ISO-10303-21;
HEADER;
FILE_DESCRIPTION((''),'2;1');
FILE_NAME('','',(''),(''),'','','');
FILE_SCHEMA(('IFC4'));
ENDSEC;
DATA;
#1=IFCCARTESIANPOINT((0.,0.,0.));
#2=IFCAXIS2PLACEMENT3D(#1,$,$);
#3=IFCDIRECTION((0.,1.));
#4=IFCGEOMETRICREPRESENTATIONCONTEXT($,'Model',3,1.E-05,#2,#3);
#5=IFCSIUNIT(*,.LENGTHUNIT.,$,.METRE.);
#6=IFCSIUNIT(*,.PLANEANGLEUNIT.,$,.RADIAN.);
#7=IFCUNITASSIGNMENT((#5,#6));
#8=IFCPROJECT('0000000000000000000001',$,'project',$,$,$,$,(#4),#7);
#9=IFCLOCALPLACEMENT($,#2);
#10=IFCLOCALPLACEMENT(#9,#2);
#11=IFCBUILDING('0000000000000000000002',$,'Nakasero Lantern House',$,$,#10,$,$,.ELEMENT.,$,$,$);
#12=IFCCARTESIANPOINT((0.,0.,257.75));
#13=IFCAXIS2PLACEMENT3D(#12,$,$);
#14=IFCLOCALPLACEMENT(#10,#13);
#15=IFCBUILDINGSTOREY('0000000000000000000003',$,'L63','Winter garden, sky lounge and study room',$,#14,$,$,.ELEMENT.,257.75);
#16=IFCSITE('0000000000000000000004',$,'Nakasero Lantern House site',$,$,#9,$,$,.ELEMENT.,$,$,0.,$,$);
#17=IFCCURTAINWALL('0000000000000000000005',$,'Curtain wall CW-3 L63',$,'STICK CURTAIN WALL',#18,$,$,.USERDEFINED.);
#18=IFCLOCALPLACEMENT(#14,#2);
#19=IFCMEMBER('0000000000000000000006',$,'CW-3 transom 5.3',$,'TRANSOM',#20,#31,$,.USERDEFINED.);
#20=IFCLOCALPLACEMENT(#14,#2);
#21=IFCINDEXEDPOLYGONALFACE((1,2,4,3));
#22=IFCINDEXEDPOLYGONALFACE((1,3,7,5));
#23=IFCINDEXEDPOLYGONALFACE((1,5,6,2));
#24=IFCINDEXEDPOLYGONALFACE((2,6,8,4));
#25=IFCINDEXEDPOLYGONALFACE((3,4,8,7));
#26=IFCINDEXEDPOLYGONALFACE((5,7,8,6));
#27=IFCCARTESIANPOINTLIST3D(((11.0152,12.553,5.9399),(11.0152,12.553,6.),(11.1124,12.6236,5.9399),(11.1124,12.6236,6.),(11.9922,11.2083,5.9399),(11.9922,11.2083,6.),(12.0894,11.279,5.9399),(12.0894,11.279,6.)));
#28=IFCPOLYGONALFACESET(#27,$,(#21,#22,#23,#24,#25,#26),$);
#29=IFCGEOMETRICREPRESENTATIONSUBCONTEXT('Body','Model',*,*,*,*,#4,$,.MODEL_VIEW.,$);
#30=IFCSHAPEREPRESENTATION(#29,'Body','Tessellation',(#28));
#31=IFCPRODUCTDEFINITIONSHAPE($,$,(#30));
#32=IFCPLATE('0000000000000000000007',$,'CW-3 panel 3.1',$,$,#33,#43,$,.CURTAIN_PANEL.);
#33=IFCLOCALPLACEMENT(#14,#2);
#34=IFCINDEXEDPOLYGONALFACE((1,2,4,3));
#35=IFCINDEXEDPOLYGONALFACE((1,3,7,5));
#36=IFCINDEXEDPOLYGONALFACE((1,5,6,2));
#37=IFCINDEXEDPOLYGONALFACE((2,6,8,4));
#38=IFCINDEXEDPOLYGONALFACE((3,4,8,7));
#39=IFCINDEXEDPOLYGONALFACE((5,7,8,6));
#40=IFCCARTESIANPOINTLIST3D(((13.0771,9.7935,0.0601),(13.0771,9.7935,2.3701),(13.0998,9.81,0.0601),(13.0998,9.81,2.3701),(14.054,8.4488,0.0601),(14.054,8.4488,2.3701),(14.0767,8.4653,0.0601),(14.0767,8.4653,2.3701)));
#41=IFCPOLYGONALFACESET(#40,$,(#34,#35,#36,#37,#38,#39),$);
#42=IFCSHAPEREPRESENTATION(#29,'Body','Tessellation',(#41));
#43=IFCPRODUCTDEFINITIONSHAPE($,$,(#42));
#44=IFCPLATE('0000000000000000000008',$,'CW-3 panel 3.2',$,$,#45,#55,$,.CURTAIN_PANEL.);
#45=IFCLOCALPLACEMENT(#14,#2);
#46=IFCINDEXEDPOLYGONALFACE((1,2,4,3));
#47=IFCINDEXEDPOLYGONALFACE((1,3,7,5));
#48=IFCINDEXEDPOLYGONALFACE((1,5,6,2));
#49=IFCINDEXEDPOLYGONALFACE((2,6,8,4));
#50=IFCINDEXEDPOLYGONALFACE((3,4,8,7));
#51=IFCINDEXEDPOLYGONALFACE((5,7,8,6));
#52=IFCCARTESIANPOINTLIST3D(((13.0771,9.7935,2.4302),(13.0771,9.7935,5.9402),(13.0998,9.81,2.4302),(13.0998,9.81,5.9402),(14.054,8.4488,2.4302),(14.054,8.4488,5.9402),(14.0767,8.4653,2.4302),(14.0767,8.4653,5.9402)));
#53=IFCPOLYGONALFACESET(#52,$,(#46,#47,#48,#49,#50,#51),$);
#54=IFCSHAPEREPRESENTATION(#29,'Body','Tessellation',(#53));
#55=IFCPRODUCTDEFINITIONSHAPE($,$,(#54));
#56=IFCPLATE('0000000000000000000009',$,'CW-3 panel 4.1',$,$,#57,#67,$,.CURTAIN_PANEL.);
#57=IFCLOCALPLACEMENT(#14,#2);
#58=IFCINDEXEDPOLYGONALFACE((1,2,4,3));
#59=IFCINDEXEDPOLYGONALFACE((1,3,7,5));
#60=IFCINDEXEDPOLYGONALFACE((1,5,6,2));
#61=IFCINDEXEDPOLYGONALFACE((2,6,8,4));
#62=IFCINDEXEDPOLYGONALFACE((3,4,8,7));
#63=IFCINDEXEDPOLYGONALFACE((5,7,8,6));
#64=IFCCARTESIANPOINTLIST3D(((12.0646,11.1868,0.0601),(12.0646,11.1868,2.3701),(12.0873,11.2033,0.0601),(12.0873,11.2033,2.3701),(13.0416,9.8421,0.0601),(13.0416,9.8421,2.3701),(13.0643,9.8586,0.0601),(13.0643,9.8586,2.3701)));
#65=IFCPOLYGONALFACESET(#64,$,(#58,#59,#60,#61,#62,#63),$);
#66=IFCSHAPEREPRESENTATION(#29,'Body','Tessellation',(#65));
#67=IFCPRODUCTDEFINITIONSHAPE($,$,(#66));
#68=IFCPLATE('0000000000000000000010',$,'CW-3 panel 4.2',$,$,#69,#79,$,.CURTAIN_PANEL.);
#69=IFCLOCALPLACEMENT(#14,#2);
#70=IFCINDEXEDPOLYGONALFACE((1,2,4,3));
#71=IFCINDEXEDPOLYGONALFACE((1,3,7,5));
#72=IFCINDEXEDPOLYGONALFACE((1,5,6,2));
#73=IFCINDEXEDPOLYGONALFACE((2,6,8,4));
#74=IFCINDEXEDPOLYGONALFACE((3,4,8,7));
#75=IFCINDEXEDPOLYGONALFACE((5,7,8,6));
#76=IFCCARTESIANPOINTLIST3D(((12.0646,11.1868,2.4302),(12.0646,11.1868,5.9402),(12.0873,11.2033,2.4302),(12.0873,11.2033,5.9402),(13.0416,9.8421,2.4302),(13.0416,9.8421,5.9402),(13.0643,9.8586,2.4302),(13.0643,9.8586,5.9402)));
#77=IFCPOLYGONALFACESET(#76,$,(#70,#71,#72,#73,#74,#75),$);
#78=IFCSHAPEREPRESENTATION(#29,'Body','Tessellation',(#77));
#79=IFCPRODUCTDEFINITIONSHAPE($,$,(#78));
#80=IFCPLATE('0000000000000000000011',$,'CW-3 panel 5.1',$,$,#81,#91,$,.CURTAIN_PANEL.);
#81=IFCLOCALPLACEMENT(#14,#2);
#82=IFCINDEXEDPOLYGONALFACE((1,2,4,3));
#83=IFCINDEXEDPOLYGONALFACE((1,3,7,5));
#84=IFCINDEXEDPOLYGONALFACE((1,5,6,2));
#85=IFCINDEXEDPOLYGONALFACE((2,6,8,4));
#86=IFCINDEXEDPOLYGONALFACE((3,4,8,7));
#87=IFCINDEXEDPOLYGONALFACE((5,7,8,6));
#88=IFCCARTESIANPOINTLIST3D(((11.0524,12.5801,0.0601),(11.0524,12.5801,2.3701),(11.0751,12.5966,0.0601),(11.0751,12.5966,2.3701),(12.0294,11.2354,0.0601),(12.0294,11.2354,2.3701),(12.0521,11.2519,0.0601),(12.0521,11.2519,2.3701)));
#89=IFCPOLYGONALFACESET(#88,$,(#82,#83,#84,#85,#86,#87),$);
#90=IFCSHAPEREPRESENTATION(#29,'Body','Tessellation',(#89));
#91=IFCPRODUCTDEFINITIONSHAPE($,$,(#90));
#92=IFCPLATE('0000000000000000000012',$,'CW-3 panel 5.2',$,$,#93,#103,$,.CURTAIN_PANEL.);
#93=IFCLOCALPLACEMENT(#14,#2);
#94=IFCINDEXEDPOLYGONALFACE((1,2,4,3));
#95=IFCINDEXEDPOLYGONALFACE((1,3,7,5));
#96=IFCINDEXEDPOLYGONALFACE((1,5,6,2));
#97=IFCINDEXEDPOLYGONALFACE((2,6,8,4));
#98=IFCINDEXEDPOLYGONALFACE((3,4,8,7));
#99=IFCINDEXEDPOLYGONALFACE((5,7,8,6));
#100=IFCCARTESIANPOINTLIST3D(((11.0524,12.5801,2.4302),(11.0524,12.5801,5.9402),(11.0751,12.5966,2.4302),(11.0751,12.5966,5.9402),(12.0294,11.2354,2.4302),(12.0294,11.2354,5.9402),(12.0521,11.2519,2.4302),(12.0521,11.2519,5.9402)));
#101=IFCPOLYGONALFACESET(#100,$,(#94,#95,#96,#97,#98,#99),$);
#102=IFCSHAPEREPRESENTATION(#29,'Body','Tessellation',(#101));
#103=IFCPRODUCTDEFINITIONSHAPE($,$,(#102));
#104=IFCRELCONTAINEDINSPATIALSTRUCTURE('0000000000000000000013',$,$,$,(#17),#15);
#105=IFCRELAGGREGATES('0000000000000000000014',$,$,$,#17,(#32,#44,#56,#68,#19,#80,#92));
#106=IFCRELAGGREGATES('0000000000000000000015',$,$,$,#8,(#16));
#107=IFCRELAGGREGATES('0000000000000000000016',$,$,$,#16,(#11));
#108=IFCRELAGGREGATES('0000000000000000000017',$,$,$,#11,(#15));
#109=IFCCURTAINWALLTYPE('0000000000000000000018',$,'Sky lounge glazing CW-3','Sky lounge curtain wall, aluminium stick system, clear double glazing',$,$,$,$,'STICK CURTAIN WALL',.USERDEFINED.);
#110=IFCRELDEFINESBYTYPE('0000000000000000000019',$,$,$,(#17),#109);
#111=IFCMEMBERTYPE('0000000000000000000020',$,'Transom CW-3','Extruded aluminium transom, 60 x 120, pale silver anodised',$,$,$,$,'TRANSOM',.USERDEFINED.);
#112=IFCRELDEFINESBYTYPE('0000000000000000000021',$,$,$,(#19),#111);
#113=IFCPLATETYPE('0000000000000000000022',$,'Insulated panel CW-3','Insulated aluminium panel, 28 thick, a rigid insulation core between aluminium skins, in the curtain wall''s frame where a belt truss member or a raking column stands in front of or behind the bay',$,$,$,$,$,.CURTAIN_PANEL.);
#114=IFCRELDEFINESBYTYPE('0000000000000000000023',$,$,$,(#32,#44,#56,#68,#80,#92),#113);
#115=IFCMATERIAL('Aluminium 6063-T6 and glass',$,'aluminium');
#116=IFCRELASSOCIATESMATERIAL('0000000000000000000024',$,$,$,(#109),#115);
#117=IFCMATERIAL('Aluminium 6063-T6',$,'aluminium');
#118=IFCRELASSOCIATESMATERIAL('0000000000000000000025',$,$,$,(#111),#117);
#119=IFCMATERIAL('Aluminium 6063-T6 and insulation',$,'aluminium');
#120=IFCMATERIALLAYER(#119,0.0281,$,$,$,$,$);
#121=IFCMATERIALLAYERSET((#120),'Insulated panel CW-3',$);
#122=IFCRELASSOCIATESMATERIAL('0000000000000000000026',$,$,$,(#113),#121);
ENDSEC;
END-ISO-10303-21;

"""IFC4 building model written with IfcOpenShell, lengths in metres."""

from ifc_helpers import new_model, si_unit, direction, frame, origin, origin_2d, place, context, subcontext, project, spatial, rectangle, extrude, material, layer, layer_set, material_profile, profile_set, type_object, element, aggregate, save


model = new_model("IFC4")

# Units and contexts
model_context = context("Model", 3, precision=1e-05, world=origin(), true_north=direction((0.0, 1.0)))
body_context = subcontext(model_context, "Body", "Model", "MODEL_VIEW")
ifc_project = project(units=[si_unit("LENGTHUNIT", "METRE"), si_unit("PLANEANGLEUNIT", "RADIAN")], contexts=[model_context])

# Site, building, storey
site_placement = place(None, origin())
site = spatial("IfcSite", under=ifc_project, at=site_placement, Name="Nakasero Lantern House site", CompositionType="ELEMENT", RefElevation=0.0)
building_placement = place(site_placement, origin())
building = spatial("IfcBuilding", under=site, at=building_placement, Name="Nakasero Lantern House", CompositionType="ELEMENT")
storey_placement = place(building_placement, frame((0.0, 0.0, 257.75)))
storey = spatial("IfcBuildingStorey", under=building, at=storey_placement, Name="L63", Description="Winter garden, sky lounge and study room", CompositionType="ELEMENT", Elevation=257.75)

# Curtain wall
ifc_material_1 = material(Name="Aluminium 6063-T6 and glass", Category="aluminium")
curtain_wall_type = type_object("IfcCurtainWallType", Name="Sky lounge glazing CW-3", Description="Sky lounge curtain wall, aluminium stick system, clear double glazing", ElementType="STICK CURTAIN WALL", PredefinedType="USERDEFINED", material=ifc_material_1)
curtain_wall_placement = place(storey_placement, origin())
curtain_wall = element("IfcCurtainWall", 1, at=curtain_wall_placement, inside=storey, type_object=curtain_wall_type, Name="Curtain wall CW-3 L63", ObjectType="STICK CURTAIN WALL", PredefinedType="USERDEFINED")

# Member
ifc_material_2 = material(Name="Aluminium 6063-T6", Category="aluminium")
ifc_material_profile_1 = material_profile(ifc_material_2, rectangle(XDim=0.0601, YDim=0.1201, at=origin_2d()), Name="CW-3 transom 60x120")
ifc_profile_set_1 = profile_set([ifc_material_profile_1], Name="Aluminium 6063-T6")
member_type_1 = type_object("IfcMemberType", Name="Transom CW-3", Description="Extruded aluminium transom, 60 x 120, pale silver anodised", ElementType="TRANSOM", PredefinedType="USERDEFINED", material=ifc_profile_set_1)
member_1_placement = place(storey_placement, frame((12.0408, 11.2437, 5.97), z_axis=(-0.587805, 0.809003, 0.0), x_axis=(0.0, 0.0, 1.0)))
member_1 = element("IfcMember", 2, at=member_1_placement, type_object=member_type_1, Name="CW-3 transom 5.3", ObjectType="TRANSOM", PredefinedType="USERDEFINED", context=body_context, shape_type="SweptSolid", body=[
    extrude(rectangle(XDim=0.0601, YDim=0.1201, at=origin_2d()), origin(), (0.0, 0.0, 1.0), 1.6621),
])

# Plates
ifc_material_3 = material(Name="Aluminium 6063-T6 and insulation", Category="aluminium")
ifc_layer = layer(ifc_material_3, 0.0281)
ifc_layer_set = layer_set([ifc_layer], Name="Insulated panel CW-3")
plate_type = type_object("IfcPlateType", Name="Insulated panel CW-3", Description="Insulated aluminium panel, 28 thick, a rigid insulation core between aluminium skins, in the curtain wall's frame where a belt truss member or a raking column stands in front of or behind the bay", PredefinedType="CURTAIN_PANEL", material=ifc_layer_set)
plate_1_placement = place(storey_placement, frame((13.5769, 9.1294, 0.0601), z_axis=(0.0, 0.0, 1.0), x_axis=(-0.587785, 0.809017, 0.0)))
plate_1 = element("IfcPlate", 3, at=plate_1_placement, type_object=plate_type, Name="CW-3 panel 3.1", PredefinedType="CURTAIN_PANEL", context=body_context, shape_type="SweptSolid", body=[
    extrude(rectangle(XDim=1.6621, YDim=0.0281, at=origin_2d()), origin(), (0.0, 0.0, 1.0), 2.3101),
])
plate_2_placement = place(storey_placement, frame((13.5769, 9.1294, 2.4302), z_axis=(0.0, 0.0, 1.0), x_axis=(-0.587785, 0.809017, 0.0)))
plate_2 = element("IfcPlate", 4, at=plate_2_placement, type_object=plate_type, Name="CW-3 panel 3.2", PredefinedType="CURTAIN_PANEL", context=body_context, shape_type="SweptSolid", body=[
    extrude(rectangle(XDim=1.6621, YDim=0.0281, at=origin_2d()), origin(), (0.0, 0.0, 1.0), 3.51),
])
plate_3_placement = place(storey_placement, frame((12.5645, 10.5227, 0.0601), z_axis=(0.0, 0.0, 1.0), x_axis=(-0.587785, 0.809017, 0.0)))
plate_3 = element("IfcPlate", 5, at=plate_3_placement, type_object=plate_type, Name="CW-3 panel 4.1", PredefinedType="CURTAIN_PANEL", context=body_context, shape_type="SweptSolid", body=[
    extrude(rectangle(XDim=1.6621, YDim=0.0281, at=origin_2d()), origin(), (0.0, 0.0, 1.0), 2.3101),
])
plate_4_placement = place(storey_placement, frame((12.5645, 10.5227, 2.4302), z_axis=(0.0, 0.0, 1.0), x_axis=(-0.587785, 0.809017, 0.0)))
plate_4 = element("IfcPlate", 6, at=plate_4_placement, type_object=plate_type, Name="CW-3 panel 4.2", PredefinedType="CURTAIN_PANEL", context=body_context, shape_type="SweptSolid", body=[
    extrude(rectangle(XDim=1.6621, YDim=0.0281, at=origin_2d()), origin(), (0.0, 0.0, 1.0), 3.51),
])
plate_5_placement = place(storey_placement, frame((11.5522, 11.916, 0.0601), z_axis=(0.0, 0.0, 1.0), x_axis=(-0.587785, 0.809017, 0.0)))
plate_5 = element("IfcPlate", 7, at=plate_5_placement, type_object=plate_type, Name="CW-3 panel 5.1", PredefinedType="CURTAIN_PANEL", context=body_context, shape_type="SweptSolid", body=[
    extrude(rectangle(XDim=1.6621, YDim=0.0281, at=origin_2d()), origin(), (0.0, 0.0, 1.0), 2.3101),
])
plate_6_placement = place(storey_placement, frame((11.5522, 11.916, 2.4302), z_axis=(0.0, 0.0, 1.0), x_axis=(-0.587785, 0.809017, 0.0)))
plate_6 = element("IfcPlate", 8, at=plate_6_placement, type_object=plate_type, Name="CW-3 panel 5.2", PredefinedType="CURTAIN_PANEL", context=body_context, shape_type="SweptSolid", body=[
    extrude(rectangle(XDim=1.6621, YDim=0.0281, at=origin_2d()), origin(), (0.0, 0.0, 1.0), 3.51),
])
aggregate(curtain_wall, [plate_1, plate_2, plate_3, plate_4, member_1, plate_5, plate_6])

save(model, "model.ifc")
